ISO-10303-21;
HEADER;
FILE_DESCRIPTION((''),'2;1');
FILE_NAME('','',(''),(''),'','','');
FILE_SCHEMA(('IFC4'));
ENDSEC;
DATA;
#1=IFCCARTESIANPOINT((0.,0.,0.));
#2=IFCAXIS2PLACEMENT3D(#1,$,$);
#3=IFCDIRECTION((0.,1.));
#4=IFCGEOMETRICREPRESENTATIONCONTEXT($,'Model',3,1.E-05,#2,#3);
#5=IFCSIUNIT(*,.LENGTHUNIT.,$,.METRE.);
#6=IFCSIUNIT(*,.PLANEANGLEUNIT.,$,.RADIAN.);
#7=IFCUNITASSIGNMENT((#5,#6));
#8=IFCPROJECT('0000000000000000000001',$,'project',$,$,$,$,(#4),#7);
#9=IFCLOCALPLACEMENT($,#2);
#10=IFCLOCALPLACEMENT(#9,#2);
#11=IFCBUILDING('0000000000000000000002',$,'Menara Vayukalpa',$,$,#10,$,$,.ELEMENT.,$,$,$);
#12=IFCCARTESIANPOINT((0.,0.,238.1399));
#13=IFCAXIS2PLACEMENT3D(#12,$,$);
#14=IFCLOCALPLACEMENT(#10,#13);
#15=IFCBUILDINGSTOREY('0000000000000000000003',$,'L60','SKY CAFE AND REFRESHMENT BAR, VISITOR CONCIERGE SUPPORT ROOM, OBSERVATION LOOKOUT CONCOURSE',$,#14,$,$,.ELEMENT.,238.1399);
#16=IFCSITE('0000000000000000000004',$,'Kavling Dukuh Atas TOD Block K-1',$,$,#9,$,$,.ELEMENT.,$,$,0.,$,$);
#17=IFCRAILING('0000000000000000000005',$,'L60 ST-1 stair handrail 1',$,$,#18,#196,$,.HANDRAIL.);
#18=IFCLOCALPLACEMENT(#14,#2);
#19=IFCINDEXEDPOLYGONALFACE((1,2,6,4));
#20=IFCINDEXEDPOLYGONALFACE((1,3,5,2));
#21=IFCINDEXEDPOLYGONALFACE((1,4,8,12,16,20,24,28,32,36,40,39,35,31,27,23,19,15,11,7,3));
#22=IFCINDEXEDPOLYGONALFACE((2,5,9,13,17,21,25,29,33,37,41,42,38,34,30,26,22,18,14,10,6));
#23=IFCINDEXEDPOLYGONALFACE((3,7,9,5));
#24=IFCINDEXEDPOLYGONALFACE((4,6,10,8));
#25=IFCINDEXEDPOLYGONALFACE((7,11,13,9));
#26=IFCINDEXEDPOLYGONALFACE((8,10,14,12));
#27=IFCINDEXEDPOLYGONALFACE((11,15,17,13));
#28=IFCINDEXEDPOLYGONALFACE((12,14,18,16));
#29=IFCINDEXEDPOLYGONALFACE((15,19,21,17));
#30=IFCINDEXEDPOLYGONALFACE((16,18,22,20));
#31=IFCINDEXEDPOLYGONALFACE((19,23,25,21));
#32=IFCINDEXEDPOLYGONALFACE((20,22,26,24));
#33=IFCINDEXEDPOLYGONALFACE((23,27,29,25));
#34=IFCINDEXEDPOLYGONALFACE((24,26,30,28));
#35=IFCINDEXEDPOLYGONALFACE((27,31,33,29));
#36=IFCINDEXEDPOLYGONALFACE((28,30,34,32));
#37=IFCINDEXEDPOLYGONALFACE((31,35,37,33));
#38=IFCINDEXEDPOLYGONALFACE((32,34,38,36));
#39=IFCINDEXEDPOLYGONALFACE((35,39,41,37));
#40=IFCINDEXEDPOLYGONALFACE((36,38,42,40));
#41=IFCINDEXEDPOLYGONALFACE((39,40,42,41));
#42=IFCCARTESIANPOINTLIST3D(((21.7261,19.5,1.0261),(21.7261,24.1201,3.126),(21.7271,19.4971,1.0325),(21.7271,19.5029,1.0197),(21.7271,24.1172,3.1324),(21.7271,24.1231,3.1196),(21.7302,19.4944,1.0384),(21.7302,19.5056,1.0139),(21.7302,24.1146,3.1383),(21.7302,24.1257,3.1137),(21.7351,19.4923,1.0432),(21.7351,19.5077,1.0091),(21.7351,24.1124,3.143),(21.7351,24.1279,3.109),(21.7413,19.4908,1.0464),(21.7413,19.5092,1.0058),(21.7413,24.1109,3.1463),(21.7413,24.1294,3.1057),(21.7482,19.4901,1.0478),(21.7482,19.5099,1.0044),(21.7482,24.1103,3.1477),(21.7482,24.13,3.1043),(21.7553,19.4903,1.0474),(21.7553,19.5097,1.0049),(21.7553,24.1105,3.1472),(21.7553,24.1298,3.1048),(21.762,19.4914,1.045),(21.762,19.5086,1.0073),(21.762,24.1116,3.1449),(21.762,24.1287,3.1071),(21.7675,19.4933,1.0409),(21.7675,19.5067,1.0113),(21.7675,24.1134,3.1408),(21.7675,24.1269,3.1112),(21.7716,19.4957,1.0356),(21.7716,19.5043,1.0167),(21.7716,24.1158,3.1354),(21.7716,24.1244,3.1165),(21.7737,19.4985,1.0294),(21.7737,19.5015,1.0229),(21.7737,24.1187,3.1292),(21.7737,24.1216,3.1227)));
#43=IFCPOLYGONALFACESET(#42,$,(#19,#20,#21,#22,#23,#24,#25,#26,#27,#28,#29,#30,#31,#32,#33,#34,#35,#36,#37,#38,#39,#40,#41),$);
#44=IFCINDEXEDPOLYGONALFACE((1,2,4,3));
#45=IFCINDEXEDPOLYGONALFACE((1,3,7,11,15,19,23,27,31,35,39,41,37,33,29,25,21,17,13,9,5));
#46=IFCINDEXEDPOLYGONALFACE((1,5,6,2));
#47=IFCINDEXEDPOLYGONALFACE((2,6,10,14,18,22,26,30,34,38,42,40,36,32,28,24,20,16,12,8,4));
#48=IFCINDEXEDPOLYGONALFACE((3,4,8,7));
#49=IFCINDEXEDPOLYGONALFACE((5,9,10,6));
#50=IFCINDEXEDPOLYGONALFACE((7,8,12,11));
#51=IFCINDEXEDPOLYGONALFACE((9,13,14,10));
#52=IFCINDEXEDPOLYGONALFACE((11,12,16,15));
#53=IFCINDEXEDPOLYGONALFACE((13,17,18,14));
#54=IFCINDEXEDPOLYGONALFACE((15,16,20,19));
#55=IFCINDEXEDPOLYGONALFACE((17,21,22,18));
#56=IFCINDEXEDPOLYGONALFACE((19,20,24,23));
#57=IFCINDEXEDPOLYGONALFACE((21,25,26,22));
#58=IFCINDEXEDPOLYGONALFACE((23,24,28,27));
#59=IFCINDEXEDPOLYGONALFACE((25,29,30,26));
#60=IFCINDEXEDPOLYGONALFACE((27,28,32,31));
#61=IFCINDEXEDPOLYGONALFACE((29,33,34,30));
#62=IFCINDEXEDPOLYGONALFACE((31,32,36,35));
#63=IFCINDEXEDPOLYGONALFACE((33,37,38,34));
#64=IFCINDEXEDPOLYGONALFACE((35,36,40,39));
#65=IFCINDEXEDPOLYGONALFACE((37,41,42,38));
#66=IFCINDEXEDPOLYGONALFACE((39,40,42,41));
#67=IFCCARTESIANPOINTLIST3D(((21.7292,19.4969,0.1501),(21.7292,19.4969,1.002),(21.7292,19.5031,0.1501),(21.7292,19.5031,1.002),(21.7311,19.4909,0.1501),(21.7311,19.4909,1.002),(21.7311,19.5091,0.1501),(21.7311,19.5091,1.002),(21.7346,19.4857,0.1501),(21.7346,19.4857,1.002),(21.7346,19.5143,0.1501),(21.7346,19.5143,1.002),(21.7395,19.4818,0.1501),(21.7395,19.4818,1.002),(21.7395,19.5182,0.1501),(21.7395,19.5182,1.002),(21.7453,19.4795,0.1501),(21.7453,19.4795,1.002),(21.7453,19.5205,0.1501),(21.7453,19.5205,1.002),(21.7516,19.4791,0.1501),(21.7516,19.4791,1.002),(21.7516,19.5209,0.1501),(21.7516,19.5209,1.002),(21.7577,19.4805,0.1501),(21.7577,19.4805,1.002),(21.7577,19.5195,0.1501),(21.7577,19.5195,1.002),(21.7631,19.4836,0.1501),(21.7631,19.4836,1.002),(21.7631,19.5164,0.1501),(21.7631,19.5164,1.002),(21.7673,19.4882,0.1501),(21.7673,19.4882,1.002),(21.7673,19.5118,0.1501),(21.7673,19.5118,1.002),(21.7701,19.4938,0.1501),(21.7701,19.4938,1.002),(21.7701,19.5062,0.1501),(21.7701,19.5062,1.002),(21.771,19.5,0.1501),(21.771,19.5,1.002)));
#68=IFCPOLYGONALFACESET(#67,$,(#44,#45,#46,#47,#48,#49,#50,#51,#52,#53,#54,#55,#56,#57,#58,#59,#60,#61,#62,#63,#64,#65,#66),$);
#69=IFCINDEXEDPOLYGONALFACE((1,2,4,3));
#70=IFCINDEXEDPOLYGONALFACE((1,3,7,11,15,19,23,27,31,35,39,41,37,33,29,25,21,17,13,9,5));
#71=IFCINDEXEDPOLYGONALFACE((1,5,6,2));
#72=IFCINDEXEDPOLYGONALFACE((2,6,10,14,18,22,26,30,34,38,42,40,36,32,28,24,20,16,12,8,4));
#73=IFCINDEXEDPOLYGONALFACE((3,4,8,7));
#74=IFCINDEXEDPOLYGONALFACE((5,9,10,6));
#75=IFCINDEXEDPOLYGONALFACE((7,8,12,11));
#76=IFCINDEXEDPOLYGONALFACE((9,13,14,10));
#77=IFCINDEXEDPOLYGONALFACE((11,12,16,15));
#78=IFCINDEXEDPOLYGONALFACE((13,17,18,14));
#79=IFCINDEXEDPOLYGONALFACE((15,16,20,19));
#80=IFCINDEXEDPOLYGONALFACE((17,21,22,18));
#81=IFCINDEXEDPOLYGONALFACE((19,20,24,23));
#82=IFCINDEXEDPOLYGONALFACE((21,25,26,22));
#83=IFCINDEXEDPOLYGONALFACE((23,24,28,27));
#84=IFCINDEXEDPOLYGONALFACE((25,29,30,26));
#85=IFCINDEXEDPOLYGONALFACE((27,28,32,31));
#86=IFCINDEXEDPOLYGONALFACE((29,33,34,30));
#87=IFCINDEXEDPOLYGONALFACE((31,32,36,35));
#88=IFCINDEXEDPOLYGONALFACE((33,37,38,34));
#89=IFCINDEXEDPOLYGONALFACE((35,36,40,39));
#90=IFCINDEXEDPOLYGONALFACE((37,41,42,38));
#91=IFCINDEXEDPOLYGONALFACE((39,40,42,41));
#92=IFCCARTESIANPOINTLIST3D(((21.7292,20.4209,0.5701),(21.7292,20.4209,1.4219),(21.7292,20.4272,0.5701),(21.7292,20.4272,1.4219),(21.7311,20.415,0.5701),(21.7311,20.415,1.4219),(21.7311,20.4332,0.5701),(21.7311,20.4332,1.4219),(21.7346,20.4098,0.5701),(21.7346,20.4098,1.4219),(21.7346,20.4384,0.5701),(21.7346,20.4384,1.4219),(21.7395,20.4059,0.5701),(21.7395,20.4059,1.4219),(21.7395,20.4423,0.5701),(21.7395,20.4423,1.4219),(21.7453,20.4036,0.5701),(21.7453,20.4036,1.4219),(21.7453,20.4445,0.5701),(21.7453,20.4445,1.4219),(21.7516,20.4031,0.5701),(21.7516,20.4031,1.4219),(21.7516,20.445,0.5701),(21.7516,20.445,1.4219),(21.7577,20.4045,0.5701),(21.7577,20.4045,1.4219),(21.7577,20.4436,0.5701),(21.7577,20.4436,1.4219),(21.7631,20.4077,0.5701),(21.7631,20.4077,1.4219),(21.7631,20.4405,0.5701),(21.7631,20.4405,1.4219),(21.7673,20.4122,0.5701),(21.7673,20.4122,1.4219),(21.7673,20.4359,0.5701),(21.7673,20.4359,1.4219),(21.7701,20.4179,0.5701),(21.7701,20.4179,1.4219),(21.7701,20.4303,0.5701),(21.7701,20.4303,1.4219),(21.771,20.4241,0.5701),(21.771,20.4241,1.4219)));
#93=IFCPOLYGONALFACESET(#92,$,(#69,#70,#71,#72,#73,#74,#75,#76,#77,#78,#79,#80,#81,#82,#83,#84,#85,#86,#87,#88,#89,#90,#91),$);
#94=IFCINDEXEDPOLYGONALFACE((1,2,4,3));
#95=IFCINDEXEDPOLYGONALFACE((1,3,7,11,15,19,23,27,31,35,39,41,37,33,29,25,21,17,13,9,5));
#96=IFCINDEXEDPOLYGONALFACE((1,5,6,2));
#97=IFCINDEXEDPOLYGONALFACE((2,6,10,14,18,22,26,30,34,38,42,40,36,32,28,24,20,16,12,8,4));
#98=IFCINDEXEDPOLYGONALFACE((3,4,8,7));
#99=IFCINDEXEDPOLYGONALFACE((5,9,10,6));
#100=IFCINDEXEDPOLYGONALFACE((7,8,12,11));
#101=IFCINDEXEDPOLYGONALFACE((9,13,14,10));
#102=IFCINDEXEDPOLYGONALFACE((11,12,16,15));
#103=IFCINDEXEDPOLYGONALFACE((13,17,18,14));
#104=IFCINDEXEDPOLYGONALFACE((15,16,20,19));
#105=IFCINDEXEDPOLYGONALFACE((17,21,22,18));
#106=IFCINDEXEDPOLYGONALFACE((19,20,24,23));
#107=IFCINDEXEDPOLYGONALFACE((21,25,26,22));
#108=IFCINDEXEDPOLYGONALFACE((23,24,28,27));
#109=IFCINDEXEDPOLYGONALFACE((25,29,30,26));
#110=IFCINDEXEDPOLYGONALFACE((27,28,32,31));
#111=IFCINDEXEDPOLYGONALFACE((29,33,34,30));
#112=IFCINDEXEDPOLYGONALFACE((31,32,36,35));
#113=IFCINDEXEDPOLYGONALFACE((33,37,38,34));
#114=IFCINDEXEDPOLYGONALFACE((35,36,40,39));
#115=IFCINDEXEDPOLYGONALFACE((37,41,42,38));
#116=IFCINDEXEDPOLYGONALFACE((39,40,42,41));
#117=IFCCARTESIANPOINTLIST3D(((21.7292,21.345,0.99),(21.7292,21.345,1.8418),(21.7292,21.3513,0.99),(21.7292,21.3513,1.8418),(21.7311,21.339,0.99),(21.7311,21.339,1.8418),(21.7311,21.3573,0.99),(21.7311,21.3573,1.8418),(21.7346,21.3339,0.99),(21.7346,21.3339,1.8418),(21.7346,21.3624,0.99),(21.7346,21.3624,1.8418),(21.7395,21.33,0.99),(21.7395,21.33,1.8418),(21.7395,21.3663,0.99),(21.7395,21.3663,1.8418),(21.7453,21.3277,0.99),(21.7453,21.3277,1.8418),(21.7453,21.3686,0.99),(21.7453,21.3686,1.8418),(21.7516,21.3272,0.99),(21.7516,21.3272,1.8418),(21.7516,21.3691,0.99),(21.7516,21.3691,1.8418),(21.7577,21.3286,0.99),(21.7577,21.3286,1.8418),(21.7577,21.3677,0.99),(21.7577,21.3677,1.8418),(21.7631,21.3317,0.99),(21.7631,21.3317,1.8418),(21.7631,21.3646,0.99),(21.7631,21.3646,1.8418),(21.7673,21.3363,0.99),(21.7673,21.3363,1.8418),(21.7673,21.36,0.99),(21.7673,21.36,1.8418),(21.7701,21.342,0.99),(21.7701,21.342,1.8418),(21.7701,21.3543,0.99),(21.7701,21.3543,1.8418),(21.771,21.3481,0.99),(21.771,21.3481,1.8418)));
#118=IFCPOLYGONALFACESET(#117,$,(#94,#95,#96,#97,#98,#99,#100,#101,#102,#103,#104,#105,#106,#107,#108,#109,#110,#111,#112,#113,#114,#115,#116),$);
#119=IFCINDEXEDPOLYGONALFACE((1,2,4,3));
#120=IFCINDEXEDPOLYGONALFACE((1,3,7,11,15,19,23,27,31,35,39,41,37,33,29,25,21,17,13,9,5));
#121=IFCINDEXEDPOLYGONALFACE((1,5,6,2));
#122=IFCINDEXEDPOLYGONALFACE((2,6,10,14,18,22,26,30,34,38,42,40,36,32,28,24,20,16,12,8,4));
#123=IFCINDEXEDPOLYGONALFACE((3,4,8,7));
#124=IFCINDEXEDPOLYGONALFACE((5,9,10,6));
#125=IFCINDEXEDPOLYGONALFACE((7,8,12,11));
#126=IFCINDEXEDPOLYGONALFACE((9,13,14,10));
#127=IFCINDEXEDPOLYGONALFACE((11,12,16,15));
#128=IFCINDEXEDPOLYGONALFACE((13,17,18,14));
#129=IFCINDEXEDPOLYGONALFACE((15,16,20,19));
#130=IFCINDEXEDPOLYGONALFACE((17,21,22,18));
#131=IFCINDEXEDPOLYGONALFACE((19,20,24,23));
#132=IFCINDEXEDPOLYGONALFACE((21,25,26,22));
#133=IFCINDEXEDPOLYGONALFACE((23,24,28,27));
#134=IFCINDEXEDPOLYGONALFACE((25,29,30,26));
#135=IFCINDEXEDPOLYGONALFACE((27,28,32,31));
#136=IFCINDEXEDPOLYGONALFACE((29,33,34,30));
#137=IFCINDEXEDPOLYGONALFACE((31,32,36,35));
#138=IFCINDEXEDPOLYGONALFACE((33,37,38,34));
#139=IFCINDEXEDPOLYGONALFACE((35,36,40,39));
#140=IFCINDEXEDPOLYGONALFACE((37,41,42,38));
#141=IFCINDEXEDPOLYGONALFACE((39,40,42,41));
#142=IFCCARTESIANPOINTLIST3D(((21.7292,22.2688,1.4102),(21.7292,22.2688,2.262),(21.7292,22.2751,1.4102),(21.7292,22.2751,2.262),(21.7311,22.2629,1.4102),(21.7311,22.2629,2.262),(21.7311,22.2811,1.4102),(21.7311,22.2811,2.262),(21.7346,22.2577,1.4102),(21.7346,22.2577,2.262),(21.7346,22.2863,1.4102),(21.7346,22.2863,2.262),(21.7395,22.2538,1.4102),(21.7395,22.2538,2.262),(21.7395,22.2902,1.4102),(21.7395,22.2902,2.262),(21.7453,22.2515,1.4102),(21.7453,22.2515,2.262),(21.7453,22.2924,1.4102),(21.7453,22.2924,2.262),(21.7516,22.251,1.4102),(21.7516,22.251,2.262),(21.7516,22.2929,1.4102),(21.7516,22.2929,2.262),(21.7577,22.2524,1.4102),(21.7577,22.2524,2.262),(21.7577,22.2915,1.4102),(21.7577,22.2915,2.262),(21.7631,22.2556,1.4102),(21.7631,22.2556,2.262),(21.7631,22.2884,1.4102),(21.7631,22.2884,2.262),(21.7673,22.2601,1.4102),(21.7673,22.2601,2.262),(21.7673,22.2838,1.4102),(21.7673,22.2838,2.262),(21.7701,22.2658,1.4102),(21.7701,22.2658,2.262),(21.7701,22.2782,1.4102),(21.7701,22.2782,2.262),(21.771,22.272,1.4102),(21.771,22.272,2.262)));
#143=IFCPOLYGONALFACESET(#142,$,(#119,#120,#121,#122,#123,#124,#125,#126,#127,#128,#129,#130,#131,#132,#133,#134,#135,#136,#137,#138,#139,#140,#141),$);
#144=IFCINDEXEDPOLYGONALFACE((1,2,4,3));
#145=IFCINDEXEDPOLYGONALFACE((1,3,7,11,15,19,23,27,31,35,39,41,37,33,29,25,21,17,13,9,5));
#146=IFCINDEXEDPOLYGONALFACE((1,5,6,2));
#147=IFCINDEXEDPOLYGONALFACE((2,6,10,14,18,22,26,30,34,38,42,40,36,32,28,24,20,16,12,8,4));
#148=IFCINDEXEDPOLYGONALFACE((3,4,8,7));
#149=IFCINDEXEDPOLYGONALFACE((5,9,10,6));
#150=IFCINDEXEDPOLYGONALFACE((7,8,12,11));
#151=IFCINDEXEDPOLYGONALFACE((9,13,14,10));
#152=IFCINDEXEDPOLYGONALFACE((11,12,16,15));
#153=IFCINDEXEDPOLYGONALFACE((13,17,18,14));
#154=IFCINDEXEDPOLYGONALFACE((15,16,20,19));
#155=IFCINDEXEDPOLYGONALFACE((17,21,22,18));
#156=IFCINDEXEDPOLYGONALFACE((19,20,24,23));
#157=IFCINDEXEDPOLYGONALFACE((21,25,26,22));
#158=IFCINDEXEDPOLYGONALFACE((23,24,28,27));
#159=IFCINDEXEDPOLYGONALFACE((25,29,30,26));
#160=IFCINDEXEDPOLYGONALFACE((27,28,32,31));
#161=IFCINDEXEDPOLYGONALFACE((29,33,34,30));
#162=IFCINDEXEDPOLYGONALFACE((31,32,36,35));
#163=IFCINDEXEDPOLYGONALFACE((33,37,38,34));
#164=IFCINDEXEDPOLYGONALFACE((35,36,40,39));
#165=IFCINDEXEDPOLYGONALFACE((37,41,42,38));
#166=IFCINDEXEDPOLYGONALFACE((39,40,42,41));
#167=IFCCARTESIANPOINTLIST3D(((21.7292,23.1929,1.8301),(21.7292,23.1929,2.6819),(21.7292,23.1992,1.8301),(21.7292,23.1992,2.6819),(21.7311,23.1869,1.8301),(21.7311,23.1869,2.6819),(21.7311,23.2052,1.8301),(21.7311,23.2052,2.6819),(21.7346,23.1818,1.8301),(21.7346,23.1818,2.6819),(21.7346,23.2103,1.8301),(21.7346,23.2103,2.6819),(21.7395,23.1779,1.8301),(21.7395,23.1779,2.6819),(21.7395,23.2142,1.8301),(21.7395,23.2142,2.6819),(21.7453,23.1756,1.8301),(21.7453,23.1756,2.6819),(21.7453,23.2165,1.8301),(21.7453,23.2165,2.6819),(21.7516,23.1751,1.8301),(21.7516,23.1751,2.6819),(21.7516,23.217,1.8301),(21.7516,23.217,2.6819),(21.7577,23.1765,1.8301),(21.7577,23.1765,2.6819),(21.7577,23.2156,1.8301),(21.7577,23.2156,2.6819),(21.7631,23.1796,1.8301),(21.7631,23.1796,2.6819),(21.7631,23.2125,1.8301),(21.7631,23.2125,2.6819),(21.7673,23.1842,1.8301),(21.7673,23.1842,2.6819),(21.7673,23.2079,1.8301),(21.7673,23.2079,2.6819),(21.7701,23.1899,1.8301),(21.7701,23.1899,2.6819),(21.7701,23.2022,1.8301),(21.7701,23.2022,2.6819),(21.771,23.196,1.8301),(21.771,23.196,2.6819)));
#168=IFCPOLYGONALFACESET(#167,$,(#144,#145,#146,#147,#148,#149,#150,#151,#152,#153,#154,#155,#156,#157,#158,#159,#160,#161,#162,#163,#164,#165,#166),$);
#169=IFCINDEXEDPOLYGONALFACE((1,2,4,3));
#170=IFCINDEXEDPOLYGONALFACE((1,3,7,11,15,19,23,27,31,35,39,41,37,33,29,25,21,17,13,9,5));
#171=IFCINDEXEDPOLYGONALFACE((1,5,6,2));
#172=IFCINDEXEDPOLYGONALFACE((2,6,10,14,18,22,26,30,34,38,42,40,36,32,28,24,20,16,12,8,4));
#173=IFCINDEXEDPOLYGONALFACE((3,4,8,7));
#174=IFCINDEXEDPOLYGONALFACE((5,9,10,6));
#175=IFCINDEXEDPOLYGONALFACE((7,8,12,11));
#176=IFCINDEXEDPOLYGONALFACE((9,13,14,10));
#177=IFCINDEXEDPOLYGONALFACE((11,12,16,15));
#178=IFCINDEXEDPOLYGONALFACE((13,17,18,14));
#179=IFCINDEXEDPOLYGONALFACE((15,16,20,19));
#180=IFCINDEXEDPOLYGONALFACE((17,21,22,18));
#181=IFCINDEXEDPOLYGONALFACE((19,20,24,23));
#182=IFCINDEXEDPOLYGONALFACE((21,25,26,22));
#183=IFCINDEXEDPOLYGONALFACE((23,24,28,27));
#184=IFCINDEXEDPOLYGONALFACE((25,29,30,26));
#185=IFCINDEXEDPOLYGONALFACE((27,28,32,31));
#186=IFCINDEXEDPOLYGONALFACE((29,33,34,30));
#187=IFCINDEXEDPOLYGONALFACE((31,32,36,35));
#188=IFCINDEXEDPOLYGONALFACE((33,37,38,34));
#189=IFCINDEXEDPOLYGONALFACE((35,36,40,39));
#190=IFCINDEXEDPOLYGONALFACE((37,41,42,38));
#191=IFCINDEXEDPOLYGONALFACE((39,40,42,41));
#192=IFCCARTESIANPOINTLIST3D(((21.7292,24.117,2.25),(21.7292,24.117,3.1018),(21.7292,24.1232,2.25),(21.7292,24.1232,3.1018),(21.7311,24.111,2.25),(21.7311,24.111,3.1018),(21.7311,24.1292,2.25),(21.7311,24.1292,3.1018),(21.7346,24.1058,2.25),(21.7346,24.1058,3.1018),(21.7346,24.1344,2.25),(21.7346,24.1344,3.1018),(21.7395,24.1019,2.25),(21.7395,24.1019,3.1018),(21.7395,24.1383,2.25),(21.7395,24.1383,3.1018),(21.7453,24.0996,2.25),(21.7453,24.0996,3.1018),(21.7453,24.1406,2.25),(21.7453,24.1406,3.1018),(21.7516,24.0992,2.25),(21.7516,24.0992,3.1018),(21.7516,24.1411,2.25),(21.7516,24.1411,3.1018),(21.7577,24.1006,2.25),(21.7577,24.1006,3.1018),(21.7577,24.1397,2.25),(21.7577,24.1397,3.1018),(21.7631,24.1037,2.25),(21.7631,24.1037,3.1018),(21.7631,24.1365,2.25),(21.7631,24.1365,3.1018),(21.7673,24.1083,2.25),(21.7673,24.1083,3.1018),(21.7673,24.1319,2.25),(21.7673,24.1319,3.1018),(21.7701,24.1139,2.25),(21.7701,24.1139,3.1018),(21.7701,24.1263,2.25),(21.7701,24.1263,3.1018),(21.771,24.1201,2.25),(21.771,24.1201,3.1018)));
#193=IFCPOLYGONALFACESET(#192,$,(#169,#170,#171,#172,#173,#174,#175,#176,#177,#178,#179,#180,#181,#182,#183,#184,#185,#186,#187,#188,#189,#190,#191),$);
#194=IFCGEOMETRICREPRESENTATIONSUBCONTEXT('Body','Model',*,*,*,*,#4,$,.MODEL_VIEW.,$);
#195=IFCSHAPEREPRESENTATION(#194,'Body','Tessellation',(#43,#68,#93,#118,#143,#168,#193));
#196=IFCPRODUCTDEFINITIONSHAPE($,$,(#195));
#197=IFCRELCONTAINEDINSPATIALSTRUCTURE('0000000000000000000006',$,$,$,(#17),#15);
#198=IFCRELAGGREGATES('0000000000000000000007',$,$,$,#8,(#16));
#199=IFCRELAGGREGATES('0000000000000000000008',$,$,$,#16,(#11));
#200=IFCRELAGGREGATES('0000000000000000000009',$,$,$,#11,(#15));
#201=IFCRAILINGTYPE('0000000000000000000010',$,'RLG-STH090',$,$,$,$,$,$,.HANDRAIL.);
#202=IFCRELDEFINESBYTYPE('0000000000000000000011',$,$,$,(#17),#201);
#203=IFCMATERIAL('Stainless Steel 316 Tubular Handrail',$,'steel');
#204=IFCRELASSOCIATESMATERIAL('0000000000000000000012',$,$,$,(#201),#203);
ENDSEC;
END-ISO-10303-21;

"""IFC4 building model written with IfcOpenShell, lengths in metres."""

from ifc_helpers import new_model, si_unit, direction, frame, origin, origin_2d, place, context, subcontext, project, spatial, circle, extrude, material, type_object, element, save


model = new_model("IFC4")

# Units and contexts
model_context = context("Model", 3, precision=1e-05, world=origin(), true_north=direction((0.0, 1.0)))
body_context = subcontext(model_context, "Body", "Model", "MODEL_VIEW")
ifc_project = project(units=[si_unit("LENGTHUNIT", "METRE"), si_unit("PLANEANGLEUNIT", "RADIAN")], contexts=[model_context])

# Site, building, storey
site_placement = place(None, origin())
site = spatial("IfcSite", under=ifc_project, at=site_placement, Name="Kavling Dukuh Atas TOD Block K-1", CompositionType="ELEMENT", RefElevation=0.0)
building_placement = place(site_placement, origin())
building = spatial("IfcBuilding", under=site, at=building_placement, Name="Menara Vayukalpa", CompositionType="ELEMENT")
storey_placement = place(building_placement, frame((0.0, 0.0, 238.1399)))
storey = spatial("IfcBuildingStorey", under=building, at=storey_placement, Name="L60", Description="SKY CAFE AND REFRESHMENT BAR, VISITOR CONCIERGE SUPPORT ROOM, OBSERVATION LOOKOUT CONCOURSE", CompositionType="ELEMENT", Elevation=238.1399)

# Railing
ifc_material_1 = material(Name="Stainless Steel 316 Tubular Handrail", Category="steel")
railing_type_1 = type_object("IfcRailingType", Name="RLG-STH090", PredefinedType="HANDRAIL", material=ifc_material_1)
railing_1_placement = place(storey_placement, frame((21.75, 19.5, 0.1501)))
element("IfcRailing", 1, at=railing_1_placement, inside=storey, type_object=railing_type_1, Name="L60 ST-1 stair handrail 1", PredefinedType="HANDRAIL", context=body_context, shape_type="SweptSolid", body=[
    extrude(circle(Radius=0.0239, at=origin_2d()), frame((0.0, 0.0, 0.876), z_axis=(0.0, 0.910381, 0.41377), x_axis=(-1.0, 0.0, 0.0)), (0.0, 0.0, 1.0), 5.075),
    extrude(circle(Radius=0.021, at=origin_2d()), origin(), (0.0, 0.0, 1.0), 0.8518),
    extrude(circle(Radius=0.021, at=origin_2d()), frame((0.0, 0.9241, 0.4199)), (0.0, 0.0, 1.0), 0.8518),
    extrude(circle(Radius=0.021, at=origin_2d()), frame((0.0, 1.8481, 0.8398)), (0.0, 0.0, 1.0), 0.8518),
    extrude(circle(Radius=0.021, at=origin_2d()), frame((0.0, 2.772, 1.26)), (0.0, 0.0, 1.0), 0.8518),
    extrude(circle(Radius=0.021, at=origin_2d()), frame((0.0, 3.696, 1.6799)), (0.0, 0.0, 1.0), 0.8518),
    extrude(circle(Radius=0.021, at=origin_2d()), frame((0.0, 4.6201, 2.0999)), (0.0, 0.0, 1.0), 0.8518),
])

save(model, "model.ifc")
